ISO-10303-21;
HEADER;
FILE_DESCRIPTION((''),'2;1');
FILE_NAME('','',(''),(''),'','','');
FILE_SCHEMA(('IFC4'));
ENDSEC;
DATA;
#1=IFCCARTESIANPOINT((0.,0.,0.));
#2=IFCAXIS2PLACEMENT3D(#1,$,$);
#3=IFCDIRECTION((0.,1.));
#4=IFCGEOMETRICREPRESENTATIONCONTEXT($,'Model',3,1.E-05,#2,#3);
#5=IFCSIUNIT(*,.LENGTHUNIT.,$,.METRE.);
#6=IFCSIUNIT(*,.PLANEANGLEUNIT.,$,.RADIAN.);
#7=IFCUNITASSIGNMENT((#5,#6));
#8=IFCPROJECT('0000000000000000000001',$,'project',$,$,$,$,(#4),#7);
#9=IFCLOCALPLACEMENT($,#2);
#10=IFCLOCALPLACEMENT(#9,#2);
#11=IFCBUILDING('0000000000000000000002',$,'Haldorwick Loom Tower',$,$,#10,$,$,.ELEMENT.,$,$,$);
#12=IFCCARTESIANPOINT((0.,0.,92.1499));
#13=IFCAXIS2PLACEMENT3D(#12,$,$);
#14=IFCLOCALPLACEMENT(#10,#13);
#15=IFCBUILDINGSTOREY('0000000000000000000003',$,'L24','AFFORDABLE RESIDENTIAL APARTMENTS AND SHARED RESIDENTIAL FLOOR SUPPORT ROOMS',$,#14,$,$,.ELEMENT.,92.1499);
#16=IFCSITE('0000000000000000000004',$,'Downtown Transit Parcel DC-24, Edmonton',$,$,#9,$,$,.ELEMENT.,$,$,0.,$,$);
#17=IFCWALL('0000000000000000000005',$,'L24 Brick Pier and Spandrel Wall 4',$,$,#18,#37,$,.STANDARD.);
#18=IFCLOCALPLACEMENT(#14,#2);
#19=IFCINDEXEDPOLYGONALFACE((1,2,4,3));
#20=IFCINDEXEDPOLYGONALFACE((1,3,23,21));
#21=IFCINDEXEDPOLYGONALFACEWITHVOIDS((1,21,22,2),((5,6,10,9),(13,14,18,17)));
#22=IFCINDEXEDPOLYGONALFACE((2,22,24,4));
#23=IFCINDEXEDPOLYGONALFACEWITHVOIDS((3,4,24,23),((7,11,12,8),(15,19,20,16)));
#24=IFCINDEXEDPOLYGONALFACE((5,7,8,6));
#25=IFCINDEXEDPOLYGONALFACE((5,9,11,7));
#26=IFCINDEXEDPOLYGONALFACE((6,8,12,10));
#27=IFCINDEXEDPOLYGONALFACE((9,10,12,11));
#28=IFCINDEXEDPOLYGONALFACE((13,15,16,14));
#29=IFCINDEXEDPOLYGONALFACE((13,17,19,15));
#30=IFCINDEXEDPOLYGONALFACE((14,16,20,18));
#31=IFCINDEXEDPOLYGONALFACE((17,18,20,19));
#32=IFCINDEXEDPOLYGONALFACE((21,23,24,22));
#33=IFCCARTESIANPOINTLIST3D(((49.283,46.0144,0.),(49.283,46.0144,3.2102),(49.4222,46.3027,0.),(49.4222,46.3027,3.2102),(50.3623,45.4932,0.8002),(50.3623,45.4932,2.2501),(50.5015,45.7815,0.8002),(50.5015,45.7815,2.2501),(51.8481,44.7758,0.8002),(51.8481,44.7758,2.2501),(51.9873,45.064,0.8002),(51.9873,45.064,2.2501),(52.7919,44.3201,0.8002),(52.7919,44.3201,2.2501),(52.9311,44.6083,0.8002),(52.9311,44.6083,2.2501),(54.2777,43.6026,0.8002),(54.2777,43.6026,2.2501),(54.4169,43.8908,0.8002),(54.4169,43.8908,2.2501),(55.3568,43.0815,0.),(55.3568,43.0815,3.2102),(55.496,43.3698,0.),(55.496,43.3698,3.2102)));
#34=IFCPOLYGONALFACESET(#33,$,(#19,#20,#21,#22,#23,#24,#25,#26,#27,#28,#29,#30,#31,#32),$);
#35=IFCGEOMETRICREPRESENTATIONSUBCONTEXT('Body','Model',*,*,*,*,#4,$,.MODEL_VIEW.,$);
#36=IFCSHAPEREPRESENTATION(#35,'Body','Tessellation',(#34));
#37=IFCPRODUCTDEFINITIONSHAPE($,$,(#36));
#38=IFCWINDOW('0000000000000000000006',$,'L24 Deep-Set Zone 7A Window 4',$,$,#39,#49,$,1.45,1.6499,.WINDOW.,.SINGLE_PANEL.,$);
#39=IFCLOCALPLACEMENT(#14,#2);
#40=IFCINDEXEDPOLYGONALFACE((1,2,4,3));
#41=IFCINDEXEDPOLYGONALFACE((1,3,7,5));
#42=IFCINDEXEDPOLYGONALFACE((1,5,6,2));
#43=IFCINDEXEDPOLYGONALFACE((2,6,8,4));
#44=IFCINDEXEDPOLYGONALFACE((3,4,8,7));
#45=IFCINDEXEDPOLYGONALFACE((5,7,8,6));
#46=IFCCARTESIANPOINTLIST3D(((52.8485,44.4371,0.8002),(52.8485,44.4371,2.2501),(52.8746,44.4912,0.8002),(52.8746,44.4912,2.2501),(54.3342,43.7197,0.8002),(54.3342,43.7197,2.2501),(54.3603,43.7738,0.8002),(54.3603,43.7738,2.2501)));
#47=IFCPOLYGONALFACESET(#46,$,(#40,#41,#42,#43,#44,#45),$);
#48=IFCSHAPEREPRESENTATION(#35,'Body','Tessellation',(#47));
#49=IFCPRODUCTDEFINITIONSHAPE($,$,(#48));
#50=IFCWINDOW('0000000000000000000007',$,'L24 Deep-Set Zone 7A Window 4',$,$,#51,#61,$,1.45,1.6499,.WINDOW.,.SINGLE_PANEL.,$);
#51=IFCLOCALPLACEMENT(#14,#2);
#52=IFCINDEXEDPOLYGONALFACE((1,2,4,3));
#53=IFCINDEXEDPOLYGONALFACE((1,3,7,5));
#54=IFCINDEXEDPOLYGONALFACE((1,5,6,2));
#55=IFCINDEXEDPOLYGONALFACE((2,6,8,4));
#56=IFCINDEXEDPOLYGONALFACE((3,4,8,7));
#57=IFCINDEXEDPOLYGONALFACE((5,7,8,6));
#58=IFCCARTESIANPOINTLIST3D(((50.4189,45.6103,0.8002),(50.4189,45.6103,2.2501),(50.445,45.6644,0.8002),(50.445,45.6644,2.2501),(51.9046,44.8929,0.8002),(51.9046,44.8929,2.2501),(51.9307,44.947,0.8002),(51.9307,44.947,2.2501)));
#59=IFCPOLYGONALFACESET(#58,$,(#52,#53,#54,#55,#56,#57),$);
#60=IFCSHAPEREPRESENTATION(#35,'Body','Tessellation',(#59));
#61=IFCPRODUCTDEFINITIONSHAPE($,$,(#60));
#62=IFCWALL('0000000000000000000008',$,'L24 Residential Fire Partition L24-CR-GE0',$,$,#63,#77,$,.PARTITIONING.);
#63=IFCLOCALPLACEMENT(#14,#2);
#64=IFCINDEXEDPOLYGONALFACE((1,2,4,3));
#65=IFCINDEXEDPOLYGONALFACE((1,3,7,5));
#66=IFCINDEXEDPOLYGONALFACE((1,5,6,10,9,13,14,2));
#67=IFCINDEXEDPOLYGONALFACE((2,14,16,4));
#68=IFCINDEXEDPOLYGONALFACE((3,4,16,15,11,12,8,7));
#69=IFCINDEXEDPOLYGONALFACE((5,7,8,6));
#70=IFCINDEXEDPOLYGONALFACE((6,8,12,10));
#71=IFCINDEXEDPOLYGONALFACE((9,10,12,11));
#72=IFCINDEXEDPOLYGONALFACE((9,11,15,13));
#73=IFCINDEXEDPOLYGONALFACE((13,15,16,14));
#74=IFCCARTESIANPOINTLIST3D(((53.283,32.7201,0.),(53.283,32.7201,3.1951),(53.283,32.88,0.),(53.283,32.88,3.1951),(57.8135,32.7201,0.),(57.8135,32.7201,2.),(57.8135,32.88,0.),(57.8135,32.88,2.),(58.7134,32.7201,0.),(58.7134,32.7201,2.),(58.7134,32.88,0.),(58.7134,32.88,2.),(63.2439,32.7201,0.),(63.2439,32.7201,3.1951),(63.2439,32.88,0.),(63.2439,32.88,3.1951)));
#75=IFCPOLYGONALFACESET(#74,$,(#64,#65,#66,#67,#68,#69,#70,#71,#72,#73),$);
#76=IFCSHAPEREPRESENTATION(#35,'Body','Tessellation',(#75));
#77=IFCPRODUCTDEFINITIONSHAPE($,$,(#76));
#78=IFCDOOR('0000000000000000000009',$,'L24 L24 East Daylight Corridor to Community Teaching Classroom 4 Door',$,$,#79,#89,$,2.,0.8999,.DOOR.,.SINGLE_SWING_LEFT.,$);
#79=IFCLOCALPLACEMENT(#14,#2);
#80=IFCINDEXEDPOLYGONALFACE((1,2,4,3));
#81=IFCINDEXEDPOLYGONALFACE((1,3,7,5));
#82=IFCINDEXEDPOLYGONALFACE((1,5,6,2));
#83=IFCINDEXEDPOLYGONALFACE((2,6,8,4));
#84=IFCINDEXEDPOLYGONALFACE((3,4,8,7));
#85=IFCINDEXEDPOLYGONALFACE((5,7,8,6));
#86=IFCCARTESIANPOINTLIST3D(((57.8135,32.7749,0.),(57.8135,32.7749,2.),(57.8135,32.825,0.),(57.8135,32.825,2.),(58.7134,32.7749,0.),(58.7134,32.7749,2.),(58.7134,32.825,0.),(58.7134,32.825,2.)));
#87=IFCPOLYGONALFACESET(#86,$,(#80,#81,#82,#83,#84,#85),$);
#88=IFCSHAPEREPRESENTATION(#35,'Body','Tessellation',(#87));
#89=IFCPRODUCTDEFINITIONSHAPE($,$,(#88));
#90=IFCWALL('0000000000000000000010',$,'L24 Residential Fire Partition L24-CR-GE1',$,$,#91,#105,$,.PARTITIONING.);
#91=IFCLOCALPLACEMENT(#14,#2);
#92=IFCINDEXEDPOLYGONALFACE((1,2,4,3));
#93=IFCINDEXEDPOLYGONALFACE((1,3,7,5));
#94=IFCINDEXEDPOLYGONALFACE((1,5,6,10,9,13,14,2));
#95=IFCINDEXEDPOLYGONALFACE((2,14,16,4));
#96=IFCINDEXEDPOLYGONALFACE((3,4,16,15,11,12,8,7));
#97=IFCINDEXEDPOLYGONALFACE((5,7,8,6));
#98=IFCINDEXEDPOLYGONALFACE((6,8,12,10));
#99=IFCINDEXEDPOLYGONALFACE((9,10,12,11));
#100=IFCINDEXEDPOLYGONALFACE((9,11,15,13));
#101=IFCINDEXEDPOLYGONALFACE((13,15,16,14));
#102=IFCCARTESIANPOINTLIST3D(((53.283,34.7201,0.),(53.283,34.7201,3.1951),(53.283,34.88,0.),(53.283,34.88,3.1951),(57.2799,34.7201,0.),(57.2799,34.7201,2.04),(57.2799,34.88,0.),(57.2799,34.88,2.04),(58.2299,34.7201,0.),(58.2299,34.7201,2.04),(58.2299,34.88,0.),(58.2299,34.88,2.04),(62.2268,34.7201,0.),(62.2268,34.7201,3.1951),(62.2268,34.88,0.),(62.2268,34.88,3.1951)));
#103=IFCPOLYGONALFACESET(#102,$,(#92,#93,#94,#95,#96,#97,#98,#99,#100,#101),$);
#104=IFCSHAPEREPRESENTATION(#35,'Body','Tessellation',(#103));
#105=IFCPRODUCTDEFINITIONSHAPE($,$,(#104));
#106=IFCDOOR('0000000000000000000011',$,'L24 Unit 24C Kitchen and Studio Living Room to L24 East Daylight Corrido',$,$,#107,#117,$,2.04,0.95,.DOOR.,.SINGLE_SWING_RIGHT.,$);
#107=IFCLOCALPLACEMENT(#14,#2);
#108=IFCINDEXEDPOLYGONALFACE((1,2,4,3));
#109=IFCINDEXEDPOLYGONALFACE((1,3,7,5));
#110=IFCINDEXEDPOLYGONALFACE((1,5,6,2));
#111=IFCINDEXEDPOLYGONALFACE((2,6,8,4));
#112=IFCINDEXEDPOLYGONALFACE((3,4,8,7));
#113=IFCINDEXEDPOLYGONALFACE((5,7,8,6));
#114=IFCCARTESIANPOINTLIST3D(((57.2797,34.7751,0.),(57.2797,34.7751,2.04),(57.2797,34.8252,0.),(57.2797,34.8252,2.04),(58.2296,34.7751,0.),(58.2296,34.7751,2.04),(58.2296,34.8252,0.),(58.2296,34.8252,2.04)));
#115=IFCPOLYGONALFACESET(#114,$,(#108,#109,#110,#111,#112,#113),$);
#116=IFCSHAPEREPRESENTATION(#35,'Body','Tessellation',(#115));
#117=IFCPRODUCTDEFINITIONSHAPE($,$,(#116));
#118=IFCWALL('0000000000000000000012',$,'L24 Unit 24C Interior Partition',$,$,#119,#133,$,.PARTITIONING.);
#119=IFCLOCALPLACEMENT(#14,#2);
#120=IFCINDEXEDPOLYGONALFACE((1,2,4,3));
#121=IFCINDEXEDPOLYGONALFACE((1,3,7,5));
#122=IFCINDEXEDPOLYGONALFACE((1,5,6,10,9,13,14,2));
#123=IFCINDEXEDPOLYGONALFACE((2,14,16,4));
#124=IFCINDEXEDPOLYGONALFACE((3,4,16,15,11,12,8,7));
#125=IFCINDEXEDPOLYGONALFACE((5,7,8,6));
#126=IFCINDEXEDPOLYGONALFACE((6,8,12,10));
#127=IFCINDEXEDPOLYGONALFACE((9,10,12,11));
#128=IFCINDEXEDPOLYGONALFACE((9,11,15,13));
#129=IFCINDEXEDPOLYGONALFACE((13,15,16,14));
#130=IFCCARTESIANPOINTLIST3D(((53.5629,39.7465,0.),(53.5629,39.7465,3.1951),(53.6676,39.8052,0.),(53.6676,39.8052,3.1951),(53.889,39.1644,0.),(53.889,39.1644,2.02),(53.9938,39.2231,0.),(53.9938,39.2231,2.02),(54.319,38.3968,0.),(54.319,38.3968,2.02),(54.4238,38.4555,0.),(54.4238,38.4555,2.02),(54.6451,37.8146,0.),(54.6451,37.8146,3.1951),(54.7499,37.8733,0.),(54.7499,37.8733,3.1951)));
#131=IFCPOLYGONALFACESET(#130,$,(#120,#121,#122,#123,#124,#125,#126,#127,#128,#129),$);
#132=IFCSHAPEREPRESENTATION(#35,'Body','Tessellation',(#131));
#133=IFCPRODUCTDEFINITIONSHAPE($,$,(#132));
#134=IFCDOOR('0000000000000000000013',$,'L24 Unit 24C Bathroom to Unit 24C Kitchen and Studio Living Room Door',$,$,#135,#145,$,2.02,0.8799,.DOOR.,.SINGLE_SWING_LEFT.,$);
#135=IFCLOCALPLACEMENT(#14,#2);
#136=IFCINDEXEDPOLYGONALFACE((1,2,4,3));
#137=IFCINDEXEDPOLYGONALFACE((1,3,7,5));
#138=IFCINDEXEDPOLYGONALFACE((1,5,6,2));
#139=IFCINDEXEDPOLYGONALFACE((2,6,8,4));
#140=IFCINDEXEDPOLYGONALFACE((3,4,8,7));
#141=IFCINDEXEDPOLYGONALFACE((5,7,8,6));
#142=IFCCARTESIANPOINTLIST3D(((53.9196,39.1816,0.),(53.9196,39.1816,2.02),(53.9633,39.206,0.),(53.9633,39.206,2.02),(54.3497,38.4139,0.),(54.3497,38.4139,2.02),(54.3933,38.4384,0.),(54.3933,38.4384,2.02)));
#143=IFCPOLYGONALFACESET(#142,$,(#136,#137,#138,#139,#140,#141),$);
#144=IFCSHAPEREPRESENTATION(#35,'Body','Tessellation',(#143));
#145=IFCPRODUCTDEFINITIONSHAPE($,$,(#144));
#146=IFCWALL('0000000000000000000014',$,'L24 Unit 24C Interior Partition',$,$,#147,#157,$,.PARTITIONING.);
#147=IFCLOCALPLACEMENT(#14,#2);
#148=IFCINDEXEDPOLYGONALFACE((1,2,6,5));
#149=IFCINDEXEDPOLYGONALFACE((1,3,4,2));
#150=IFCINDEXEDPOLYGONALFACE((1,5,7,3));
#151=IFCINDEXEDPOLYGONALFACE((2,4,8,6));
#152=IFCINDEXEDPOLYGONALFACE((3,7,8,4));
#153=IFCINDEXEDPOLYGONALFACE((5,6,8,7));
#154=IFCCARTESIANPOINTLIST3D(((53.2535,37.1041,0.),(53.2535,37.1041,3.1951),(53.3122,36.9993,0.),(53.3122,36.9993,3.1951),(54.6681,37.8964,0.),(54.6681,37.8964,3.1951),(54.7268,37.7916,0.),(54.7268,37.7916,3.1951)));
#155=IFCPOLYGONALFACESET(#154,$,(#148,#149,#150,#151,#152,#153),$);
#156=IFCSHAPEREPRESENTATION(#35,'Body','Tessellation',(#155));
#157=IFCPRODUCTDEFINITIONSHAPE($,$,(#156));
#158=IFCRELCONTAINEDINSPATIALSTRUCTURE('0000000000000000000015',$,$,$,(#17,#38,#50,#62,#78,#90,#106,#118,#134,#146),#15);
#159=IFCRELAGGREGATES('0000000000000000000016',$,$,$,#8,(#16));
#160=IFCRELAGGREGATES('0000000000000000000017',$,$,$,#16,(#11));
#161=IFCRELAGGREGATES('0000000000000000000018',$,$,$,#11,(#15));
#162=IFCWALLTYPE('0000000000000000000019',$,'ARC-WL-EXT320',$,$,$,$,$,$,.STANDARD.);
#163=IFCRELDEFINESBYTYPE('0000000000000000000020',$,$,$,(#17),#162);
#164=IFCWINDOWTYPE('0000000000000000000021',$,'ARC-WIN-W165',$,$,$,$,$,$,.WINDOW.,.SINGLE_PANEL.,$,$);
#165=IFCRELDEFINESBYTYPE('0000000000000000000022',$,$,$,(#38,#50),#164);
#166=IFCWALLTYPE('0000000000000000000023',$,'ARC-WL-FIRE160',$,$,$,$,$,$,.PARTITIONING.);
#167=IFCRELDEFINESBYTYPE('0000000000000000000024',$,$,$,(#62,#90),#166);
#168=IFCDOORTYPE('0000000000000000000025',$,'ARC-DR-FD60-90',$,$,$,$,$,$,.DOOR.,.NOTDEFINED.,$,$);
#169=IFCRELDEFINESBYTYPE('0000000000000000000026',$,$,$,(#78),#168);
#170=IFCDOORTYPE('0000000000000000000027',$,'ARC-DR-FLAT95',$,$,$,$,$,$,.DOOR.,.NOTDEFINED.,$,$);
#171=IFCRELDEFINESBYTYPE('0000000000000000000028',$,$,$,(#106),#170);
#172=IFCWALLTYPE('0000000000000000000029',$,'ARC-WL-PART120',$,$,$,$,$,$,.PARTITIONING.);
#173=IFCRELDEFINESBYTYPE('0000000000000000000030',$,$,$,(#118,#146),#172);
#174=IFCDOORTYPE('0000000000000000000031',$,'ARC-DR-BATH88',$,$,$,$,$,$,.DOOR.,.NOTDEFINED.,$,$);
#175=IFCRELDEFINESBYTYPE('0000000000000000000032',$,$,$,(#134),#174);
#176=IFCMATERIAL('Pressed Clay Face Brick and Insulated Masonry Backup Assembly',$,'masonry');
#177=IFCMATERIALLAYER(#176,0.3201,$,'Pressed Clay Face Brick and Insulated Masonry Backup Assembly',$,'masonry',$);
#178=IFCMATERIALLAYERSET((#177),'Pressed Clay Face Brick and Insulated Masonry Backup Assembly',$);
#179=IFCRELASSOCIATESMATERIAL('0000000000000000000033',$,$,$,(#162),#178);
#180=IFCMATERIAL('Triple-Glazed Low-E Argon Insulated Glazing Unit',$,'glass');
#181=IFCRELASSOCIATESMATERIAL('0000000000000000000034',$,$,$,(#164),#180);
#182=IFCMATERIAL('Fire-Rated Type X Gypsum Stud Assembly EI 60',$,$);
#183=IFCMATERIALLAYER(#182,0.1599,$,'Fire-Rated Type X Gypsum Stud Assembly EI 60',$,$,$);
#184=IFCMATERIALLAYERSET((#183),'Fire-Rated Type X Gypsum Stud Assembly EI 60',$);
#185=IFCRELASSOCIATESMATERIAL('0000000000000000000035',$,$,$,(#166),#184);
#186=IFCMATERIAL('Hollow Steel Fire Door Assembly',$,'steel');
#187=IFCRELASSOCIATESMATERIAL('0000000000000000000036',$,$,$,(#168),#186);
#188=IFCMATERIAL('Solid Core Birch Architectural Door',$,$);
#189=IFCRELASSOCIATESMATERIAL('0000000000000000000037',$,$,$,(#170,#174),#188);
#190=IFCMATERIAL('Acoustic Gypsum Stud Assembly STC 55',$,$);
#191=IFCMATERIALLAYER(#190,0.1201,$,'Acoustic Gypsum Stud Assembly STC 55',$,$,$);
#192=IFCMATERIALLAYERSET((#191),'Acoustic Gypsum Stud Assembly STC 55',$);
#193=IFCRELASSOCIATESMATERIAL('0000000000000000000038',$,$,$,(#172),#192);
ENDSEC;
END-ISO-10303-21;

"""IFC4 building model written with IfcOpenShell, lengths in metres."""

from ifc_helpers import new_model, si_unit, direction, frame, frame_2d, origin, place, context, subcontext, project, spatial, rectangle, extrude, material, layer, layer_set, type_object, element, fill, save


model = new_model("IFC4")

# Units and contexts
model_context = context("Model", 3, precision=1e-05, world=origin(), true_north=direction((0.0, 1.0)))
body_context = subcontext(model_context, "Body", "Model", "MODEL_VIEW")
ifc_project = project(units=[si_unit("LENGTHUNIT", "METRE"), si_unit("PLANEANGLEUNIT", "RADIAN")], contexts=[model_context])

# Site, building, storey
site_placement = place(None, origin())
site = spatial("IfcSite", under=ifc_project, at=site_placement, Name="Downtown Transit Parcel DC-24, Edmonton", CompositionType="ELEMENT", RefElevation=0.0)
building_placement = place(site_placement, origin())
building = spatial("IfcBuilding", under=site, at=building_placement, Name="Haldorwick Loom Tower", CompositionType="ELEMENT")
storey_placement = place(building_placement, frame((0.0, 0.0, 92.1499)))
storey = spatial("IfcBuildingStorey", under=building, at=storey_placement, Name="L24", Description="AFFORDABLE RESIDENTIAL APARTMENTS AND SHARED RESIDENTIAL FLOOR SUPPORT ROOMS", CompositionType="ELEMENT", Elevation=92.1499)

# Shared definitions
ifc_material_1 = material(Name="Pressed Clay Face Brick and Insulated Masonry Backup Assembly", Category="masonry")
ifc_layer_1 = layer(ifc_material_1, 0.3201, Name="Pressed Clay Face Brick and Insulated Masonry Backup Assembly", Category="masonry")
ifc_layer_set_1 = layer_set([ifc_layer_1], Name="Pressed Clay Face Brick and Insulated Masonry Backup Assembly")
wall_type_1 = type_object("IfcWallType", Name="ARC-WL-EXT320", PredefinedType="STANDARD", material=ifc_layer_set_1)

# Shared definitions
ifc_material_2 = material(Name="Triple-Glazed Low-E Argon Insulated Glazing Unit", Category="glass")
window_type = type_object("IfcWindowType", Name="ARC-WIN-W165", PartitioningType="SINGLE_PANEL", PredefinedType="WINDOW", material=ifc_material_2)

# Wall, openings, windows
wall_1_placement = place(storey_placement, frame((55.4265, 43.2256, 0.0), z_axis=(0.0, 0.0, 1.0), x_axis=(-0.90051, 0.434835, 0.0)))
wall_1 = element("IfcWall", 1, at=wall_1_placement, inside=storey, type_object=wall_type_1, Name="L24 Brick Pier and Spandrel Wall 4", PredefinedType="STANDARD", context=body_context, shape_type="SweptSolid", body=[
    extrude(rectangle(XDim=6.7449, YDim=0.3201, at=frame_2d((3.3726, 0.0))), origin(), (0.0, 0.0, 1.0), 3.2102),
])
opening_1_placement = place(wall_1_placement, frame((1.1985, 0.0, 0.8)))
opening_1 = element("IfcOpeningElement", 2, at=opening_1_placement, cuts=wall_1, PredefinedType="OPENING", context=body_context, shape_type="SweptSolid", body=[
    extrude(rectangle(XDim=1.6499, YDim=1.45, at=frame_2d((0.825, 0.7251))), frame((0.0, 0.1699, 0.0), z_axis=(0.0, -1.0, 0.0), x_axis=(1.0, 0.0, 0.0)), (0.0, 0.0, 1.0), 0.3401),
])
opening_2_placement = place(wall_1_placement, frame((3.8965, 0.0, 0.8)))
opening_2 = element("IfcOpeningElement", 3, at=opening_2_placement, cuts=wall_1, PredefinedType="OPENING", context=body_context, shape_type="SweptSolid", body=[
    extrude(rectangle(XDim=1.6499, YDim=1.45, at=frame_2d((0.825, 0.7251))), frame((0.0, 0.1699, 0.0), z_axis=(0.0, -1.0, 0.0), x_axis=(1.0, 0.0, 0.0)), (0.0, 0.0, 1.0), 0.3401),
])
window_1_placement = place(opening_1_placement, origin())
window_1 = element("IfcWindow", 4, at=window_1_placement, inside=storey, type_object=window_type, Name="L24 Deep-Set Zone 7A Window 4", OverallHeight=1.45, OverallWidth=1.6499, PartitioningType="SINGLE_PANEL", PredefinedType="WINDOW", context=body_context, shape_type="SweptSolid", body=[
    extrude(rectangle(XDim=1.6499, YDim=1.45, at=frame_2d((0.825, 0.7251))), frame((0.0, 0.03, 0.0), z_axis=(0.0, -1.0, 0.0), x_axis=(1.0, 0.0, 0.0)), (0.0, 0.0, 1.0), 0.0601),
])
fill(opening_1, window_1)
window_2_placement = place(opening_2_placement, origin())
window_2 = element("IfcWindow", 5, at=window_2_placement, inside=storey, type_object=window_type, Name="L24 Deep-Set Zone 7A Window 4", OverallHeight=1.45, OverallWidth=1.6499, PartitioningType="SINGLE_PANEL", PredefinedType="WINDOW", context=body_context, shape_type="SweptSolid", body=[
    extrude(rectangle(XDim=1.6499, YDim=1.45, at=frame_2d((0.825, 0.7251))), frame((0.0, 0.03, 0.0), z_axis=(0.0, -1.0, 0.0), x_axis=(1.0, 0.0, 0.0)), (0.0, 0.0, 1.0), 0.0601),
])
fill(opening_2, window_2)

# Walls, openings, doors
ifc_material_3 = material(Name="Fire-Rated Type X Gypsum Stud Assembly EI 60")
ifc_layer_2 = layer(ifc_material_3, 0.1599, Name="Fire-Rated Type X Gypsum Stud Assembly EI 60")
ifc_layer_set_2 = layer_set([ifc_layer_2], Name="Fire-Rated Type X Gypsum Stud Assembly EI 60")
wall_type_2 = type_object("IfcWallType", Name="ARC-WL-FIRE160", PredefinedType="PARTITIONING", material=ifc_layer_set_2)
wall_2_placement = place(storey_placement, frame((53.283, 32.8, 0.0), z_axis=(0.0, 0.0, 1.0), x_axis=(1.0, 0.0, 0.0)))
wall_2 = element("IfcWall", 6, at=wall_2_placement, inside=storey, type_object=wall_type_2, Name="L24 Residential Fire Partition L24-CR-GE0", PredefinedType="PARTITIONING", context=body_context, shape_type="SweptSolid", body=[
    extrude(rectangle(XDim=9.9609, YDim=0.1599, at=frame_2d((4.9805, 0.0))), origin(), (0.0, 0.0, 1.0), 3.1951),
])
opening_3_placement = place(wall_2_placement, frame((4.5305, 0.0, 0.0)))
opening_3 = element("IfcOpeningElement", 7, at=opening_3_placement, cuts=wall_2, PredefinedType="OPENING", context=body_context, shape_type="SweptSolid", body=[
    extrude(rectangle(XDim=0.8999, YDim=2.0, at=frame_2d((0.45, 1.0))), frame((0.0, 0.0898, 0.0), z_axis=(0.0, -1.0, 0.0), x_axis=(1.0, 0.0, 0.0)), (0.0, 0.0, 1.0), 0.1799),
])
ifc_material_4 = material(Name="Hollow Steel Fire Door Assembly", Category="steel")
door_type_1 = type_object("IfcDoorType", Name="ARC-DR-FD60-90", OperationType="NOTDEFINED", PredefinedType="DOOR", material=ifc_material_4)
door_1_placement = place(opening_3_placement, origin())
door_1 = element("IfcDoor", 8, at=door_1_placement, inside=storey, type_object=door_type_1, Name="L24 L24 East Daylight Corridor to Community Teaching Classroom 4 Door", OperationType="SINGLE_SWING_LEFT", OverallHeight=2.0, OverallWidth=0.8999, PredefinedType="DOOR", context=body_context, shape_type="SweptSolid", body=[
    extrude(rectangle(XDim=0.8999, YDim=2.0, at=frame_2d((0.45, 1.0))), frame((0.0, 0.0249, 0.0), z_axis=(0.0, -1.0, 0.0), x_axis=(1.0, 0.0, 0.0)), (0.0, 0.0, 1.0), 0.05),
])
fill(opening_3, door_1)
wall_3_placement = place(storey_placement, frame((53.283, 34.8, 0.0), z_axis=(0.0, 0.0, 1.0), x_axis=(1.0, 0.0, 0.0)))
wall_3 = element("IfcWall", 9, at=wall_3_placement, inside=storey, type_object=wall_type_2, Name="L24 Residential Fire Partition L24-CR-GE1", PredefinedType="PARTITIONING", context=body_context, shape_type="SweptSolid", body=[
    extrude(rectangle(XDim=8.9438, YDim=0.1599, at=frame_2d((4.4719, 0.0))), origin(), (0.0, 0.0, 1.0), 3.1951),
])
opening_4_placement = place(wall_3_placement, frame((3.9968, 0.0, 0.0)))
opening_4 = element("IfcOpeningElement", 10, at=opening_4_placement, cuts=wall_3, PredefinedType="OPENING", context=body_context, shape_type="SweptSolid", body=[
    extrude(rectangle(XDim=0.95, YDim=2.04, at=frame_2d((0.4751, 1.02))), frame((0.0, 0.0898, 0.0), z_axis=(0.0, -1.0, 0.0), x_axis=(1.0, 0.0, 0.0)), (0.0, 0.0, 1.0), 0.1799),
])
ifc_material_5 = material(Name="Solid Core Birch Architectural Door")
door_type_2 = type_object("IfcDoorType", Name="ARC-DR-FLAT95", OperationType="NOTDEFINED", PredefinedType="DOOR", material=ifc_material_5)
door_2_placement = place(opening_4_placement, frame((0.95, 0.0, 0.0), z_axis=(0.0, 0.0, 1.0), x_axis=(-1.0, 0.0, 0.0)))
door_2 = element("IfcDoor", 11, at=door_2_placement, inside=storey, type_object=door_type_2, Name="L24 Unit 24C Kitchen and Studio Living Room to L24 East Daylight Corrido", OperationType="SINGLE_SWING_RIGHT", OverallHeight=2.04, OverallWidth=0.95, PredefinedType="DOOR", context=body_context, shape_type="SweptSolid", body=[
    extrude(rectangle(XDim=0.95, YDim=2.04, at=frame_2d((0.4751, 1.02))), frame((0.0, 0.0249, 0.0), z_axis=(0.0, -1.0, 0.0), x_axis=(1.0, 0.0, 0.0)), (0.0, 0.0, 1.0), 0.05),
])
fill(opening_4, door_2)
ifc_material_6 = material(Name="Acoustic Gypsum Stud Assembly STC 55")
ifc_layer_3 = layer(ifc_material_6, 0.1201, Name="Acoustic Gypsum Stud Assembly STC 55")
ifc_layer_set_3 = layer_set([ifc_layer_3], Name="Acoustic Gypsum Stud Assembly STC 55")
wall_type_3 = type_object("IfcWallType", Name="ARC-WL-PART120", PredefinedType="PARTITIONING", material=ifc_layer_set_3)
wall_4_placement = place(storey_placement, frame((54.6975, 37.844, 0.0), z_axis=(0.0, 0.0, 1.0), x_axis=(-0.488748, 0.872425, 0.0)))
wall_4 = element("IfcWall", 12, at=wall_4_placement, inside=storey, type_object=wall_type_3, Name="L24 Unit 24C Interior Partition", PredefinedType="PARTITIONING", context=body_context, shape_type="SweptSolid", body=[
    extrude(rectangle(XDim=2.2144, YDim=0.1201, at=frame_2d((1.1072, 0.0))), origin(), (0.0, 0.0, 1.0), 3.1951),
])
opening_5_placement = place(wall_4_placement, frame((0.6672, 0.0, 0.0)))
opening_5 = element("IfcOpeningElement", 13, at=opening_5_placement, cuts=wall_4, PredefinedType="OPENING", context=body_context, shape_type="SweptSolid", body=[
    extrude(rectangle(XDim=0.8799, YDim=2.02, at=frame_2d((0.4399, 1.01))), frame((0.0, 0.0701, 0.0), z_axis=(0.0, -1.0, 0.0), x_axis=(1.0, 0.0, 0.0)), (0.0, 0.0, 1.0), 0.1401),
])
door_type_3 = type_object("IfcDoorType", Name="ARC-DR-BATH88", OperationType="NOTDEFINED", PredefinedType="DOOR", material=ifc_material_5)
door_3_placement = place(opening_5_placement, origin())
door_3 = element("IfcDoor", 14, at=door_3_placement, inside=storey, type_object=door_type_3, Name="L24 Unit 24C Bathroom to Unit 24C Kitchen and Studio Living Room Door", OperationType="SINGLE_SWING_LEFT", OverallHeight=2.02, OverallWidth=0.8799, PredefinedType="DOOR", context=body_context, shape_type="SweptSolid", body=[
    extrude(rectangle(XDim=0.8799, YDim=2.02, at=frame_2d((0.4399, 1.01))), frame((0.0, 0.0249, 0.0), z_axis=(0.0, -1.0, 0.0), x_axis=(1.0, 0.0, 0.0)), (0.0, 0.0, 1.0), 0.05),
])
fill(opening_5, door_3)

# Wall
wall_5_placement = place(storey_placement, frame((53.283, 37.0518, 0.0), z_axis=(0.0, 0.0, 1.0), x_axis=(0.872483, 0.488645, 0.0)))
element("IfcWall", 15, at=wall_5_placement, inside=storey, type_object=wall_type_3, Name="L24 Unit 24C Interior Partition", PredefinedType="PARTITIONING", context=body_context, shape_type="SweptSolid", body=[
    extrude(rectangle(XDim=1.6213, YDim=0.1201, at=frame_2d((0.8105, 0.0))), origin(), (0.0, 0.0, 1.0), 3.1951),
])

save(model, "model.ifc")
